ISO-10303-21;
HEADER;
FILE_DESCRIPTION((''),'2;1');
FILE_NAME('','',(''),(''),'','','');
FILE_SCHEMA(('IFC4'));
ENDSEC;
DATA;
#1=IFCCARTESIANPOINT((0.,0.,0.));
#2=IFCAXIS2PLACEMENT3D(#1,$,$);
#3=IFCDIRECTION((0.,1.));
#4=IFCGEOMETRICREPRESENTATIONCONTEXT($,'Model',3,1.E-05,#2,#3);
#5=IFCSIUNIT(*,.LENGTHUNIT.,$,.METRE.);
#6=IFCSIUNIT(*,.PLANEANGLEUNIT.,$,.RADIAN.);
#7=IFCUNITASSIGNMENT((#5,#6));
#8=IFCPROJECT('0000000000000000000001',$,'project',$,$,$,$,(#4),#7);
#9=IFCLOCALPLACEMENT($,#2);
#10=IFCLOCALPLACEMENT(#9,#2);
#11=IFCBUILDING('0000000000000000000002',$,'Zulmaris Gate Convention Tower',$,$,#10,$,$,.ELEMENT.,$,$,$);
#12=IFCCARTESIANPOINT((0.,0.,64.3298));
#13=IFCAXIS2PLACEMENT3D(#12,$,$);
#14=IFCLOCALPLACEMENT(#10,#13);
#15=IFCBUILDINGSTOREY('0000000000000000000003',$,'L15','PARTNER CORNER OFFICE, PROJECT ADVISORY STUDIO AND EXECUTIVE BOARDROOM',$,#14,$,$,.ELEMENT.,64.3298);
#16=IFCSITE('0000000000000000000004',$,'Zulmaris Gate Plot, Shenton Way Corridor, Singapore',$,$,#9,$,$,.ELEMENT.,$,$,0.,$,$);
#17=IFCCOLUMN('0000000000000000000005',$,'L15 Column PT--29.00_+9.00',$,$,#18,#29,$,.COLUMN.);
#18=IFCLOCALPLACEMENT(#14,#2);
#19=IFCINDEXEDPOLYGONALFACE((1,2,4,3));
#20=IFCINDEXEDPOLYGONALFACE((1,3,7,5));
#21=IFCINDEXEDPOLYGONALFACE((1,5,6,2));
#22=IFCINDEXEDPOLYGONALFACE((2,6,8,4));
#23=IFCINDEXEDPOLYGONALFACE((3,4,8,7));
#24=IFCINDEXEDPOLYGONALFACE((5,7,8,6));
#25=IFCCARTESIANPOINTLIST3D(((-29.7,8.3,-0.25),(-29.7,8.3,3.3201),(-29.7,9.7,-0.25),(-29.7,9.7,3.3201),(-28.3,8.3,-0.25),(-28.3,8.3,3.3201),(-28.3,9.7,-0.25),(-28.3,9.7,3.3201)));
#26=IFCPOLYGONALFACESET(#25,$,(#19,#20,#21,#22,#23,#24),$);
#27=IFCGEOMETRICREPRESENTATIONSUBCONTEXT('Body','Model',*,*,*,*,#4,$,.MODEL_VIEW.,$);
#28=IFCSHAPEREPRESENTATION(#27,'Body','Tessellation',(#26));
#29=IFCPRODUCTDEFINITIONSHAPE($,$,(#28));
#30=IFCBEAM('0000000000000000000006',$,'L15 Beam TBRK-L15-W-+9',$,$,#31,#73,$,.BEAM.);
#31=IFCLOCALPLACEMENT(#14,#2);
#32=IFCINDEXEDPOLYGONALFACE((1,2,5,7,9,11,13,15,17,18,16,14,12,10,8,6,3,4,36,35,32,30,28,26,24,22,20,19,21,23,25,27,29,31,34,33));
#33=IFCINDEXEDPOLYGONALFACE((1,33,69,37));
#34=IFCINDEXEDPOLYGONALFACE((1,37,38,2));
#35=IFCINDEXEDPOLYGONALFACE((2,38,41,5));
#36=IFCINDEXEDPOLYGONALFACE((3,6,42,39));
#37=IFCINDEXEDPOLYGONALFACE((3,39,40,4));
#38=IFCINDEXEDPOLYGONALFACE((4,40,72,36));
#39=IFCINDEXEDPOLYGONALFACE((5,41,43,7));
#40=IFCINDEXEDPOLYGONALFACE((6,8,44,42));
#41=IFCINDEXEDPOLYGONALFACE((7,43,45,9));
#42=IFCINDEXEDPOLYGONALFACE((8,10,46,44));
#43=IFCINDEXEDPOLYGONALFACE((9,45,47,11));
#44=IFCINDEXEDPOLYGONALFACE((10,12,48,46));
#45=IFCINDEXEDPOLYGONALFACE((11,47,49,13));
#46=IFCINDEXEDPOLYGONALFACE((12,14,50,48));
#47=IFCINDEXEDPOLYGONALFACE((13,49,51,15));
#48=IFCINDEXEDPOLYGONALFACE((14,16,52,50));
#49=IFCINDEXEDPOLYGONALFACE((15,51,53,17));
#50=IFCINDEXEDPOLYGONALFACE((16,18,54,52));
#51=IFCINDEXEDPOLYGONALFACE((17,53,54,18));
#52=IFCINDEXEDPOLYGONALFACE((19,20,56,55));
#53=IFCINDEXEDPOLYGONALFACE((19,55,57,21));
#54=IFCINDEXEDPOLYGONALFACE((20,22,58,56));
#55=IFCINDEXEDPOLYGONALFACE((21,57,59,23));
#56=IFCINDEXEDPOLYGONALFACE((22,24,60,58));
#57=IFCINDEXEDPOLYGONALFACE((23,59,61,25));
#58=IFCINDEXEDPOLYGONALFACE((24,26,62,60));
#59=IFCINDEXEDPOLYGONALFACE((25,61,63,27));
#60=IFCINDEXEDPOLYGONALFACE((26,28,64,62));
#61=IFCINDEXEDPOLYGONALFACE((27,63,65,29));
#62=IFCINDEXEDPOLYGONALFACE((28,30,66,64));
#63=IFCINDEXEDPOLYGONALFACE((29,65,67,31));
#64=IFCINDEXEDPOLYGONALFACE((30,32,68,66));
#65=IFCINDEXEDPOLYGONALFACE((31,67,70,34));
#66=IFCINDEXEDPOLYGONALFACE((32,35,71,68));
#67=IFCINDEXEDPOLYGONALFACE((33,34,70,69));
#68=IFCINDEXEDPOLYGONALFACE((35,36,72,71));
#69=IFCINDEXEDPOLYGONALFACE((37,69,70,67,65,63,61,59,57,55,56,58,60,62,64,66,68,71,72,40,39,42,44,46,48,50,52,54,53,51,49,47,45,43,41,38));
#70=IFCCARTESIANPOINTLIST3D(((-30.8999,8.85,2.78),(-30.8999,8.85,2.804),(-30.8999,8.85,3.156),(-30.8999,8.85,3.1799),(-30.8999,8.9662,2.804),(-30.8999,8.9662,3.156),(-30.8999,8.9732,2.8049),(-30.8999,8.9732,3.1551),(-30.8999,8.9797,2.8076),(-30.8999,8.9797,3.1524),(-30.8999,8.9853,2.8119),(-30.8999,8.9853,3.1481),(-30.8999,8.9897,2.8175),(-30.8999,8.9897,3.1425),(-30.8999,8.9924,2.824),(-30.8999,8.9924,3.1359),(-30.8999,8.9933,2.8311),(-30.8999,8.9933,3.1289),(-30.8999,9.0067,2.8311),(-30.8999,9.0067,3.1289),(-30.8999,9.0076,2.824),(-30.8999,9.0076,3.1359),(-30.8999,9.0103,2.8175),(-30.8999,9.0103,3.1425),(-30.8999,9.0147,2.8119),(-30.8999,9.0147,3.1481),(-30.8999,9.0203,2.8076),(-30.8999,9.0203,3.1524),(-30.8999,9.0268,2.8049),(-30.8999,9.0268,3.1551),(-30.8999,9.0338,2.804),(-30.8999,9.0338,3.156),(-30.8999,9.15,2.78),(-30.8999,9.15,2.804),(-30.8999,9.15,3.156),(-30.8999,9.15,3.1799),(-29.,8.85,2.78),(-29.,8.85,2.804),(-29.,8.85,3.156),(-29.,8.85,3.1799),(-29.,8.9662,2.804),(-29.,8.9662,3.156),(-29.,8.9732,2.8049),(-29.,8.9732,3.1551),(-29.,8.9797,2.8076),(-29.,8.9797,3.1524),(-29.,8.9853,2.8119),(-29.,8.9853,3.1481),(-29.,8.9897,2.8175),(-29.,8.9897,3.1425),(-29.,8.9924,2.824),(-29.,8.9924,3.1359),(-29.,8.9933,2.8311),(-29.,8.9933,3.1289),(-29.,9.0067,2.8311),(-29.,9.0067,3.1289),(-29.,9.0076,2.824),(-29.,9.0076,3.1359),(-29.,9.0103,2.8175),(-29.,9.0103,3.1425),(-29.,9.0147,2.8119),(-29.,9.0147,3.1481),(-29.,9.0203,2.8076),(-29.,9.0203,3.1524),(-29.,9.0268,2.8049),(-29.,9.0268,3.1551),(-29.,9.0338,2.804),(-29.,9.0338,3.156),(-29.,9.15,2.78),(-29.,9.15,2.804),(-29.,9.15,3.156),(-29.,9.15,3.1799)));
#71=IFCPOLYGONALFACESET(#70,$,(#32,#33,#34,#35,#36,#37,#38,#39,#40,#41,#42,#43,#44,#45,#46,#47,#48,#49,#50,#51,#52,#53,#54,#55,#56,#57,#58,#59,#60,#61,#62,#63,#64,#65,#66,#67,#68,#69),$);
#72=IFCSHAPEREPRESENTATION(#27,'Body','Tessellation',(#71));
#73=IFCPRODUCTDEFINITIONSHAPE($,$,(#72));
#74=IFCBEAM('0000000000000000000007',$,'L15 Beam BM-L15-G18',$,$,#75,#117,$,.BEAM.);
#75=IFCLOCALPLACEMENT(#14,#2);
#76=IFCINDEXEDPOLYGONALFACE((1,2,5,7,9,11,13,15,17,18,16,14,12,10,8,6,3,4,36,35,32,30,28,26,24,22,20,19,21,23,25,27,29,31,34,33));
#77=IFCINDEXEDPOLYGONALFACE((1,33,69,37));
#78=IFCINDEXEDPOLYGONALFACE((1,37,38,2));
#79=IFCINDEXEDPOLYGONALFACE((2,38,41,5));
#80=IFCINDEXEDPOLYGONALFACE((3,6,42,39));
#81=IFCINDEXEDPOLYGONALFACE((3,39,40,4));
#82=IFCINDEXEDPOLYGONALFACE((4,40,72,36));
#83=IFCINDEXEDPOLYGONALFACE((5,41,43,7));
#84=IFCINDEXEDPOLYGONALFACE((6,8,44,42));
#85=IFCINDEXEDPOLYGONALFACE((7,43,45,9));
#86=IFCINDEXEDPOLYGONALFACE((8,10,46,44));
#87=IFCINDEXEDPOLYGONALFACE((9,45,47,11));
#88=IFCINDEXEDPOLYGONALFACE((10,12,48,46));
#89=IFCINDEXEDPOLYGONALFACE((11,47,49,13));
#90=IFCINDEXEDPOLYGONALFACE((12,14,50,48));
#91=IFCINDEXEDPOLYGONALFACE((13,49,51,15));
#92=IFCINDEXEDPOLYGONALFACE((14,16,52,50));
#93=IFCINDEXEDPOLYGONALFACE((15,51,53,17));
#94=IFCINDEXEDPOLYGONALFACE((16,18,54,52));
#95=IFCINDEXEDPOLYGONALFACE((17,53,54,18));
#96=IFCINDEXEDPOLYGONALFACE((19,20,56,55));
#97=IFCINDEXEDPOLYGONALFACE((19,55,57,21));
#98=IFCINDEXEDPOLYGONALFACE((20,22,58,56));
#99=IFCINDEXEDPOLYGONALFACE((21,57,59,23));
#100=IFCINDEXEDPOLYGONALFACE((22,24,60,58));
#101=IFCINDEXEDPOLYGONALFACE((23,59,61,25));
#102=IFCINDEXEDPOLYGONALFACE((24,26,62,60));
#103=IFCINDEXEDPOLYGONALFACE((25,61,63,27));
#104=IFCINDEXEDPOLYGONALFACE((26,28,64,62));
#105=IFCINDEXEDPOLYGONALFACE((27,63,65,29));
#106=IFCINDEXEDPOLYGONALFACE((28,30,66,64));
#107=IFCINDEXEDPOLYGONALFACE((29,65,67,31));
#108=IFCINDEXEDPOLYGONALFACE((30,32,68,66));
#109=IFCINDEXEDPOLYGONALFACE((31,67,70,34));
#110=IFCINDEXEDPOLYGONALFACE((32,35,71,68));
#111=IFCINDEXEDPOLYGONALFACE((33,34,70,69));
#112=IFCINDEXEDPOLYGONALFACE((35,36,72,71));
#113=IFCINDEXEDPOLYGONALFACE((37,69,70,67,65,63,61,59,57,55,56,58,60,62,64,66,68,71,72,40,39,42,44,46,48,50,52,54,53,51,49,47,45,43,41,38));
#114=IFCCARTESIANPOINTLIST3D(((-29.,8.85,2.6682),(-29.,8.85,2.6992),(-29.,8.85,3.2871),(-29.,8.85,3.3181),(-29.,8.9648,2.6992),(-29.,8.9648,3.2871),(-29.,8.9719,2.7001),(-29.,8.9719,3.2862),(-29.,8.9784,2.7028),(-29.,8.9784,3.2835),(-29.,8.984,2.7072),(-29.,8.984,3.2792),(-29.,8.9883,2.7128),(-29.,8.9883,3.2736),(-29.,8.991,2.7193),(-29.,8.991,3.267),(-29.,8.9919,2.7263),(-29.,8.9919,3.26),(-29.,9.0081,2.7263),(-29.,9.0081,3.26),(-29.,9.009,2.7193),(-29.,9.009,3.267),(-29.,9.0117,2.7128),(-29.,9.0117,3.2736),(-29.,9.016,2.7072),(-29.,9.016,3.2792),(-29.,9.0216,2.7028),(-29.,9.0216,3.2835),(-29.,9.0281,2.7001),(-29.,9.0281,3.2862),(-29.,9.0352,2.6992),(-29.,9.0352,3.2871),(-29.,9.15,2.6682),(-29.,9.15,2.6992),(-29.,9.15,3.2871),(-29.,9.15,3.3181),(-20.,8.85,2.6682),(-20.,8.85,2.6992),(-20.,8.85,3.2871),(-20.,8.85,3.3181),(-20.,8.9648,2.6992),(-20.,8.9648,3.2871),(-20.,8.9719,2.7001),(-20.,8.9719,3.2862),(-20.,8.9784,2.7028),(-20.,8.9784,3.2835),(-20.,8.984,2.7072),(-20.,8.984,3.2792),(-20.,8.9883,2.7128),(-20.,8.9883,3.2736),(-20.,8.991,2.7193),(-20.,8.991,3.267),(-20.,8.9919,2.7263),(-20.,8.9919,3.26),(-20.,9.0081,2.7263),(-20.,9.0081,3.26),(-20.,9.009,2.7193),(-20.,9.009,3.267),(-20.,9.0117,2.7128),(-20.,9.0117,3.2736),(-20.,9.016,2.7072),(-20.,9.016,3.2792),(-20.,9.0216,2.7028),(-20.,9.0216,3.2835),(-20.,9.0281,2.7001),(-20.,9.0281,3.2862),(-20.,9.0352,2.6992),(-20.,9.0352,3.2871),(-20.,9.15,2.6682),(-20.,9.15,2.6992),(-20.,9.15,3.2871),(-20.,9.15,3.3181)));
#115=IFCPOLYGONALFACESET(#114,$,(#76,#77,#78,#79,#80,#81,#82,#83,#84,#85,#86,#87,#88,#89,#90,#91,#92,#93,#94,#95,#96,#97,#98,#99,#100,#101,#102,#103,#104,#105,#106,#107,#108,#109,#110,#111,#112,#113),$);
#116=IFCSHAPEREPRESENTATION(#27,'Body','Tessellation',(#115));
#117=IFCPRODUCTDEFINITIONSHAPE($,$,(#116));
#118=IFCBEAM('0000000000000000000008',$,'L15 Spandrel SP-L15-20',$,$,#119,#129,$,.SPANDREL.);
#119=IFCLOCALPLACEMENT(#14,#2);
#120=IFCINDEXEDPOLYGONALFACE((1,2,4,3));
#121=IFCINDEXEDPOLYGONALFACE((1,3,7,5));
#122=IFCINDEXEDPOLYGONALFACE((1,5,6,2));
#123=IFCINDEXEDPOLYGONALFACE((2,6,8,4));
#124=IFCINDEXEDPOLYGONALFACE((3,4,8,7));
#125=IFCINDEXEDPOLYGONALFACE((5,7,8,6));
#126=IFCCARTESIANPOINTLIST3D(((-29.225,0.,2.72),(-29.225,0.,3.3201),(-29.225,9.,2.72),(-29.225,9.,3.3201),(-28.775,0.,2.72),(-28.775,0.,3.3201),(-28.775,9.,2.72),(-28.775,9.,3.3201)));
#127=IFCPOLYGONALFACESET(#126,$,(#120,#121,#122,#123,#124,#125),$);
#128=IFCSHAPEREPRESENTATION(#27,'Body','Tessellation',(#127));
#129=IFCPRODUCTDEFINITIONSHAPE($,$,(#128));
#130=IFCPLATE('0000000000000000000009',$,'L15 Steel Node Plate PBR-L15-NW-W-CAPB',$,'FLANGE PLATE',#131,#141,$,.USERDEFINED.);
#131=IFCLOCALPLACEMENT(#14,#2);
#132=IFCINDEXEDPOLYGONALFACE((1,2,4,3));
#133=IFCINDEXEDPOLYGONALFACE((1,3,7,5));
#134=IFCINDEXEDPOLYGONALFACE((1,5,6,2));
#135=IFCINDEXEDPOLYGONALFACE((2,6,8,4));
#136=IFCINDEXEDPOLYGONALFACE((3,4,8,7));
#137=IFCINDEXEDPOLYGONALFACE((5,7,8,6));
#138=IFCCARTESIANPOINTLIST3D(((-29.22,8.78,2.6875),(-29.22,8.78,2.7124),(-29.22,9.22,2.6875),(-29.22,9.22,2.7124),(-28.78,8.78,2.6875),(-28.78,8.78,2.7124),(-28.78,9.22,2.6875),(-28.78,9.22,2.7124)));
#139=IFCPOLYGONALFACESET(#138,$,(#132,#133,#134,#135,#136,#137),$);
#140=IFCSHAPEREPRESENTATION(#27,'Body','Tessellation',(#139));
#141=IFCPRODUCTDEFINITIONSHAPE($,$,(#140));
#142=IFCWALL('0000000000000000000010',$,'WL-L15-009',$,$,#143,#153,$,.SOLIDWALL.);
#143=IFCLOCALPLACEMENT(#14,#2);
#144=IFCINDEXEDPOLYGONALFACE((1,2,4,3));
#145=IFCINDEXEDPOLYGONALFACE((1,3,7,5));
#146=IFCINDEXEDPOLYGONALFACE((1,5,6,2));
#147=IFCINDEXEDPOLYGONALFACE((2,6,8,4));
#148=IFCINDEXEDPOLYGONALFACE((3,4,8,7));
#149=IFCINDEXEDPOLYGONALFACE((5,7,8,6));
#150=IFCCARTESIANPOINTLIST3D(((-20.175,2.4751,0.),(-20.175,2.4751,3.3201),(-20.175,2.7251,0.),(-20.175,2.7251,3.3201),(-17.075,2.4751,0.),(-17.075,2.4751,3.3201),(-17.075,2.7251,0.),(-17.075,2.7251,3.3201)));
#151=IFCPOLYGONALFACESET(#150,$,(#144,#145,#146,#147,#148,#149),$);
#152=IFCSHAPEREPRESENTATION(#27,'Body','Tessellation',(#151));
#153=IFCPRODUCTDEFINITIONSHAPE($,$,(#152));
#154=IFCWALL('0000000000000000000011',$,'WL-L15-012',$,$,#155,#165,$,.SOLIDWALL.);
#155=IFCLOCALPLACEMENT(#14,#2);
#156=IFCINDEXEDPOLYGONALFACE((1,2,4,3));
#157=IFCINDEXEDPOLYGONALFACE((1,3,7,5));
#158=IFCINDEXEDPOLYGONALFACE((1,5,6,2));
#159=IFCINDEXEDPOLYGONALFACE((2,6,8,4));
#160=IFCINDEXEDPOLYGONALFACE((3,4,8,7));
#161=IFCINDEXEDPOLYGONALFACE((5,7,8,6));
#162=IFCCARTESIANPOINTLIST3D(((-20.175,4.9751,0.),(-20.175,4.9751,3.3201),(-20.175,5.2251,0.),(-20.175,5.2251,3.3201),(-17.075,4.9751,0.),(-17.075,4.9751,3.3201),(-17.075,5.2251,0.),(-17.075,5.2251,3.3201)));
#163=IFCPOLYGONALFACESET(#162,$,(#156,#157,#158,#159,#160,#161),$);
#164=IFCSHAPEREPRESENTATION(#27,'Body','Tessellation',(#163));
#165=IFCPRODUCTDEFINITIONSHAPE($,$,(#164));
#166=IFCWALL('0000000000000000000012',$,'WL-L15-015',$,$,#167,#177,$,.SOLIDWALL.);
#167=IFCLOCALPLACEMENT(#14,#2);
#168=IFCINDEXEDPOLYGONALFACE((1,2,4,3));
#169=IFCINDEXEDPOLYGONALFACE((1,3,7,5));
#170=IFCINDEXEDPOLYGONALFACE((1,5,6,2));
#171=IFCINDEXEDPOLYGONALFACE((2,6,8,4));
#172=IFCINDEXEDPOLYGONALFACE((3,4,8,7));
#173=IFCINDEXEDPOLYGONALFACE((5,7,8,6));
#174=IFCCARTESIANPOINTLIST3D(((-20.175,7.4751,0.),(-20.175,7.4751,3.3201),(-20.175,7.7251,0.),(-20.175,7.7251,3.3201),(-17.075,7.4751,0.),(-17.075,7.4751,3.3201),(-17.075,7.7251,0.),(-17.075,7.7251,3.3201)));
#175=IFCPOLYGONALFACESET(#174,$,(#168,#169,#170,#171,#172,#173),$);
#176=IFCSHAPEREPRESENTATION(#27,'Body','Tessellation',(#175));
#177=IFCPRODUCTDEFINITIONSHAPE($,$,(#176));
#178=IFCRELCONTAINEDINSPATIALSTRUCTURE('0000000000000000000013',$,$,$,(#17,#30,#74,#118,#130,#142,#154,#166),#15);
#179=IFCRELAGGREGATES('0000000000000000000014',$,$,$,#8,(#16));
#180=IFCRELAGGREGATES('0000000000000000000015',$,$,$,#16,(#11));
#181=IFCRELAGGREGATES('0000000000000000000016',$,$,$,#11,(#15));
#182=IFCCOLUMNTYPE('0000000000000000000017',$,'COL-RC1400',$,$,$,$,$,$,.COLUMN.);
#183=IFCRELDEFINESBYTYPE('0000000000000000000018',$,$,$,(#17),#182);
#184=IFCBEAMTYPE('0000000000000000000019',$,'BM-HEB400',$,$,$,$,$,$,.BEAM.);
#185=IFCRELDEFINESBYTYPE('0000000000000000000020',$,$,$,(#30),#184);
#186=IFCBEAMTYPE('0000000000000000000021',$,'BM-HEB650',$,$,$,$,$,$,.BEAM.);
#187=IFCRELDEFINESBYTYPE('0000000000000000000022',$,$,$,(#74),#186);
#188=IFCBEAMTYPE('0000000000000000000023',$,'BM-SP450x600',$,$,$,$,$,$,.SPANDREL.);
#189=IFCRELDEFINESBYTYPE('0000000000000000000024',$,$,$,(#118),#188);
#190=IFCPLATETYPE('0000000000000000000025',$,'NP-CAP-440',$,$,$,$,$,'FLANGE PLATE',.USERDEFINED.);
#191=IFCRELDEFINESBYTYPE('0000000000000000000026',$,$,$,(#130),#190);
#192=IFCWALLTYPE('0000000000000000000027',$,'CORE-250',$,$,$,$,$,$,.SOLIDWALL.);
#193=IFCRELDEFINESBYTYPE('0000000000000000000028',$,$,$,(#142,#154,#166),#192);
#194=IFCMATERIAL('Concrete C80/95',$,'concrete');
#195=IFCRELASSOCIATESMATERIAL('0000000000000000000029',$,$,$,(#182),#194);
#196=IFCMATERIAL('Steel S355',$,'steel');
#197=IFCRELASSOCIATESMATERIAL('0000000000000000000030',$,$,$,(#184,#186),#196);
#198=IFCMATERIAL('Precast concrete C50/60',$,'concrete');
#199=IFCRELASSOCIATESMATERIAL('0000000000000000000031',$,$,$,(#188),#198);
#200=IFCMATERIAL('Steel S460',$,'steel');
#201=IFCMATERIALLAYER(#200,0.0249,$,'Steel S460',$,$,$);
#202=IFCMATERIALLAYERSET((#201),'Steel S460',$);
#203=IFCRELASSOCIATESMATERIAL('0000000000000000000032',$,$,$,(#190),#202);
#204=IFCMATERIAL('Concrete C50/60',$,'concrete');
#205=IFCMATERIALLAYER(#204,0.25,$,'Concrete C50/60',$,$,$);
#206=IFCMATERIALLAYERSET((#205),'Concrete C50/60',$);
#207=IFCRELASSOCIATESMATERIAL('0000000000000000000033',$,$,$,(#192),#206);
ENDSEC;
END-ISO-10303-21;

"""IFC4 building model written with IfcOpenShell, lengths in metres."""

from ifc_helpers import new_model, si_unit, direction, frame, frame_2d, origin, origin_2d, place, context, subcontext, project, spatial, rectangle, i_section, extrude, material, layer, layer_set, material_profile, profile_set, type_object, element, save


model = new_model("IFC4")

# Units and contexts
model_context = context("Model", 3, precision=1e-05, world=origin(), true_north=direction((0.0, 1.0)))
body_context = subcontext(model_context, "Body", "Model", "MODEL_VIEW")
ifc_project = project(units=[si_unit("LENGTHUNIT", "METRE"), si_unit("PLANEANGLEUNIT", "RADIAN")], contexts=[model_context])

# Site, building, storey
site_placement = place(None, origin())
site = spatial("IfcSite", under=ifc_project, at=site_placement, Name="Zulmaris Gate Plot, Shenton Way Corridor, Singapore", CompositionType="ELEMENT", RefElevation=0.0)
building_placement = place(site_placement, origin())
building = spatial("IfcBuilding", under=site, at=building_placement, Name="Zulmaris Gate Convention Tower", CompositionType="ELEMENT")
storey_placement = place(building_placement, frame((0.0, 0.0, 64.3298)))
storey = spatial("IfcBuildingStorey", under=building, at=storey_placement, Name="L15", Description="PARTNER CORNER OFFICE, PROJECT ADVISORY STUDIO AND EXECUTIVE BOARDROOM", CompositionType="ELEMENT", Elevation=64.3298)

# Column
ifc_material_1 = material(Name="Concrete C80/95", Category="concrete")
ifc_material_profile_1 = material_profile(ifc_material_1, rectangle(XDim=1.3999, YDim=1.3999, at=origin_2d()), Name="RC COL 1400x1400")
ifc_profile_set_1 = profile_set([ifc_material_profile_1], Name="Concrete C80/95")
column_type = type_object("IfcColumnType", Name="COL-RC1400", PredefinedType="COLUMN", material=ifc_profile_set_1)
column_placement = place(storey_placement, frame((-29.0, 9.0, -0.25), z_axis=(0.0, 0.0, 1.0), x_axis=(1.0, 0.0, 0.0)))
element("IfcColumn", 1, at=column_placement, inside=storey, type_object=column_type, Name="L15 Column PT--29.00_+9.00", PredefinedType="COLUMN", context=body_context, shape_type="SweptSolid", body=[
    extrude(rectangle(XDim=1.3999, YDim=1.3999, at=origin_2d()), origin(), (0.0, 0.0, 1.0), 3.5701),
])

# Beams
ifc_material_2 = material(Name="Steel S355", Category="steel")
ifc_material_profile_2 = material_profile(ifc_material_2, i_section(OverallWidth=0.3, OverallDepth=0.3999, WebThickness=0.0134, FlangeThickness=0.0239, FilletRadius=0.0271, at=origin_2d()), Name="HEB 400")
ifc_profile_set_2 = profile_set([ifc_material_profile_2], Name="Steel S355")
beam_type_1 = type_object("IfcBeamType", Name="BM-HEB400", PredefinedType="BEAM", material=ifc_profile_set_2)
beam_1_placement = place(storey_placement, frame((-30.8999, 9.0, 2.98), z_axis=(1.0, 0.0, 0.0), x_axis=(0.0, 1.0, 0.0)))
element("IfcBeam", 2, at=beam_1_placement, inside=storey, type_object=beam_type_1, Name="L15 Beam TBRK-L15-W-+9", PredefinedType="BEAM", context=body_context, shape_type="SweptSolid", body=[
    extrude(i_section(OverallWidth=0.3, OverallDepth=0.3999, WebThickness=0.0134, FlangeThickness=0.0239, FilletRadius=0.0271, at=origin_2d()), origin(), (0.0, 0.0, 1.0), 1.8999),
])
ifc_material_profile_3 = material_profile(ifc_material_2, i_section(OverallWidth=0.3, OverallDepth=0.6499, WebThickness=0.0161, FlangeThickness=0.031, FilletRadius=0.0271, at=origin_2d()), Name="HEB 650")
ifc_profile_set_3 = profile_set([ifc_material_profile_3], Name="Steel S355")
beam_type_2 = type_object("IfcBeamType", Name="BM-HEB650", PredefinedType="BEAM", material=ifc_profile_set_3)
beam_2_placement = place(storey_placement, frame((-29.0, 9.0, 2.9932), z_axis=(1.0, 0.0, 0.0), x_axis=(0.0, 1.0, 0.0)))
element("IfcBeam", 3, at=beam_2_placement, inside=storey, type_object=beam_type_2, Name="L15 Beam BM-L15-G18", PredefinedType="BEAM", context=body_context, shape_type="SweptSolid", body=[
    extrude(i_section(OverallWidth=0.3, OverallDepth=0.6499, WebThickness=0.0161, FlangeThickness=0.031, FilletRadius=0.0271, at=origin_2d()), origin(), (0.0, 0.0, 1.0), 9.0),
])
ifc_material_3 = material(Name="Precast concrete C50/60", Category="concrete")
ifc_material_profile_4 = material_profile(ifc_material_3, rectangle(XDim=0.45, YDim=0.6001, at=origin_2d()), Name="RC SPANDREL 450x600")
ifc_profile_set_4 = profile_set([ifc_material_profile_4], Name="Precast concrete C50/60")
beam_type_3 = type_object("IfcBeamType", Name="BM-SP450x600", PredefinedType="SPANDREL", material=ifc_profile_set_4)
beam_3_placement = place(storey_placement, frame((-29.0, 9.0, 3.02), z_axis=(0.0, -1.0, 0.0), x_axis=(1.0, 0.0, 0.0)))
element("IfcBeam", 4, at=beam_3_placement, inside=storey, type_object=beam_type_3, Name="L15 Spandrel SP-L15-20", PredefinedType="SPANDREL", context=body_context, shape_type="SweptSolid", body=[
    extrude(rectangle(XDim=0.45, YDim=0.6001, at=origin_2d()), origin(), (0.0, 0.0, 1.0), 9.0),
])

# Plate
ifc_material_4 = material(Name="Steel S460", Category="steel")
ifc_layer_1 = layer(ifc_material_4, 0.0249, Name="Steel S460")
ifc_layer_set_1 = layer_set([ifc_layer_1], Name="Steel S460")
plate_type = type_object("IfcPlateType", Name="NP-CAP-440", ElementType="FLANGE PLATE", PredefinedType="USERDEFINED", material=ifc_layer_set_1)
plate_placement = place(storey_placement, frame((-29.0, 9.0, 2.6875), z_axis=(0.0, 0.0, 1.0), x_axis=(1.0, 0.0, 0.0)))
element("IfcPlate", 5, at=plate_placement, inside=storey, type_object=plate_type, Name="L15 Steel Node Plate PBR-L15-NW-W-CAPB", ObjectType="FLANGE PLATE", PredefinedType="USERDEFINED", context=body_context, shape_type="SweptSolid", body=[
    extrude(rectangle(XDim=0.4399, YDim=0.4399, at=origin_2d()), origin(), (0.0, 0.0, 1.0), 0.0249),
])

# Walls
ifc_material_5 = material(Name="Concrete C50/60", Category="concrete")
ifc_layer_2 = layer(ifc_material_5, 0.25, Name="Concrete C50/60")
ifc_layer_set_2 = layer_set([ifc_layer_2], Name="Concrete C50/60")
wall_type_1 = type_object("IfcWallType", Name="CORE-250", PredefinedType="SOLIDWALL", material=ifc_layer_set_2)
for number, where, z_axis, x_axis, name in (
    (6, (-20.175, 2.6001, 0.0), (0.0, 0.0, 1.0), (1.0, 0.0, 0.0), "WL-L15-009"),
    (7, (-20.175, 5.1001, 0.0), (0.0, 0.0, 1.0), (1.0, 0.0, 0.0), "WL-L15-012"),
    (8, (-20.175, 7.6001, 0.0), (0.0, 0.0, 1.0), (1.0, 0.0, 0.0), "WL-L15-015"),
):
    element("IfcWall", number, at=place(storey_placement, frame(where, z_axis=z_axis, x_axis=x_axis)), inside=storey, type_object=wall_type_1, Name=name, PredefinedType="SOLIDWALL", context=body_context, shape_type="SweptSolid", body=[
        extrude(rectangle(XDim=3.1001, YDim=0.25, at=frame_2d((1.55, 0.0))), origin(), (0.0, 0.0, 1.0), 3.3201),
    ])

save(model, "model.ifc")
